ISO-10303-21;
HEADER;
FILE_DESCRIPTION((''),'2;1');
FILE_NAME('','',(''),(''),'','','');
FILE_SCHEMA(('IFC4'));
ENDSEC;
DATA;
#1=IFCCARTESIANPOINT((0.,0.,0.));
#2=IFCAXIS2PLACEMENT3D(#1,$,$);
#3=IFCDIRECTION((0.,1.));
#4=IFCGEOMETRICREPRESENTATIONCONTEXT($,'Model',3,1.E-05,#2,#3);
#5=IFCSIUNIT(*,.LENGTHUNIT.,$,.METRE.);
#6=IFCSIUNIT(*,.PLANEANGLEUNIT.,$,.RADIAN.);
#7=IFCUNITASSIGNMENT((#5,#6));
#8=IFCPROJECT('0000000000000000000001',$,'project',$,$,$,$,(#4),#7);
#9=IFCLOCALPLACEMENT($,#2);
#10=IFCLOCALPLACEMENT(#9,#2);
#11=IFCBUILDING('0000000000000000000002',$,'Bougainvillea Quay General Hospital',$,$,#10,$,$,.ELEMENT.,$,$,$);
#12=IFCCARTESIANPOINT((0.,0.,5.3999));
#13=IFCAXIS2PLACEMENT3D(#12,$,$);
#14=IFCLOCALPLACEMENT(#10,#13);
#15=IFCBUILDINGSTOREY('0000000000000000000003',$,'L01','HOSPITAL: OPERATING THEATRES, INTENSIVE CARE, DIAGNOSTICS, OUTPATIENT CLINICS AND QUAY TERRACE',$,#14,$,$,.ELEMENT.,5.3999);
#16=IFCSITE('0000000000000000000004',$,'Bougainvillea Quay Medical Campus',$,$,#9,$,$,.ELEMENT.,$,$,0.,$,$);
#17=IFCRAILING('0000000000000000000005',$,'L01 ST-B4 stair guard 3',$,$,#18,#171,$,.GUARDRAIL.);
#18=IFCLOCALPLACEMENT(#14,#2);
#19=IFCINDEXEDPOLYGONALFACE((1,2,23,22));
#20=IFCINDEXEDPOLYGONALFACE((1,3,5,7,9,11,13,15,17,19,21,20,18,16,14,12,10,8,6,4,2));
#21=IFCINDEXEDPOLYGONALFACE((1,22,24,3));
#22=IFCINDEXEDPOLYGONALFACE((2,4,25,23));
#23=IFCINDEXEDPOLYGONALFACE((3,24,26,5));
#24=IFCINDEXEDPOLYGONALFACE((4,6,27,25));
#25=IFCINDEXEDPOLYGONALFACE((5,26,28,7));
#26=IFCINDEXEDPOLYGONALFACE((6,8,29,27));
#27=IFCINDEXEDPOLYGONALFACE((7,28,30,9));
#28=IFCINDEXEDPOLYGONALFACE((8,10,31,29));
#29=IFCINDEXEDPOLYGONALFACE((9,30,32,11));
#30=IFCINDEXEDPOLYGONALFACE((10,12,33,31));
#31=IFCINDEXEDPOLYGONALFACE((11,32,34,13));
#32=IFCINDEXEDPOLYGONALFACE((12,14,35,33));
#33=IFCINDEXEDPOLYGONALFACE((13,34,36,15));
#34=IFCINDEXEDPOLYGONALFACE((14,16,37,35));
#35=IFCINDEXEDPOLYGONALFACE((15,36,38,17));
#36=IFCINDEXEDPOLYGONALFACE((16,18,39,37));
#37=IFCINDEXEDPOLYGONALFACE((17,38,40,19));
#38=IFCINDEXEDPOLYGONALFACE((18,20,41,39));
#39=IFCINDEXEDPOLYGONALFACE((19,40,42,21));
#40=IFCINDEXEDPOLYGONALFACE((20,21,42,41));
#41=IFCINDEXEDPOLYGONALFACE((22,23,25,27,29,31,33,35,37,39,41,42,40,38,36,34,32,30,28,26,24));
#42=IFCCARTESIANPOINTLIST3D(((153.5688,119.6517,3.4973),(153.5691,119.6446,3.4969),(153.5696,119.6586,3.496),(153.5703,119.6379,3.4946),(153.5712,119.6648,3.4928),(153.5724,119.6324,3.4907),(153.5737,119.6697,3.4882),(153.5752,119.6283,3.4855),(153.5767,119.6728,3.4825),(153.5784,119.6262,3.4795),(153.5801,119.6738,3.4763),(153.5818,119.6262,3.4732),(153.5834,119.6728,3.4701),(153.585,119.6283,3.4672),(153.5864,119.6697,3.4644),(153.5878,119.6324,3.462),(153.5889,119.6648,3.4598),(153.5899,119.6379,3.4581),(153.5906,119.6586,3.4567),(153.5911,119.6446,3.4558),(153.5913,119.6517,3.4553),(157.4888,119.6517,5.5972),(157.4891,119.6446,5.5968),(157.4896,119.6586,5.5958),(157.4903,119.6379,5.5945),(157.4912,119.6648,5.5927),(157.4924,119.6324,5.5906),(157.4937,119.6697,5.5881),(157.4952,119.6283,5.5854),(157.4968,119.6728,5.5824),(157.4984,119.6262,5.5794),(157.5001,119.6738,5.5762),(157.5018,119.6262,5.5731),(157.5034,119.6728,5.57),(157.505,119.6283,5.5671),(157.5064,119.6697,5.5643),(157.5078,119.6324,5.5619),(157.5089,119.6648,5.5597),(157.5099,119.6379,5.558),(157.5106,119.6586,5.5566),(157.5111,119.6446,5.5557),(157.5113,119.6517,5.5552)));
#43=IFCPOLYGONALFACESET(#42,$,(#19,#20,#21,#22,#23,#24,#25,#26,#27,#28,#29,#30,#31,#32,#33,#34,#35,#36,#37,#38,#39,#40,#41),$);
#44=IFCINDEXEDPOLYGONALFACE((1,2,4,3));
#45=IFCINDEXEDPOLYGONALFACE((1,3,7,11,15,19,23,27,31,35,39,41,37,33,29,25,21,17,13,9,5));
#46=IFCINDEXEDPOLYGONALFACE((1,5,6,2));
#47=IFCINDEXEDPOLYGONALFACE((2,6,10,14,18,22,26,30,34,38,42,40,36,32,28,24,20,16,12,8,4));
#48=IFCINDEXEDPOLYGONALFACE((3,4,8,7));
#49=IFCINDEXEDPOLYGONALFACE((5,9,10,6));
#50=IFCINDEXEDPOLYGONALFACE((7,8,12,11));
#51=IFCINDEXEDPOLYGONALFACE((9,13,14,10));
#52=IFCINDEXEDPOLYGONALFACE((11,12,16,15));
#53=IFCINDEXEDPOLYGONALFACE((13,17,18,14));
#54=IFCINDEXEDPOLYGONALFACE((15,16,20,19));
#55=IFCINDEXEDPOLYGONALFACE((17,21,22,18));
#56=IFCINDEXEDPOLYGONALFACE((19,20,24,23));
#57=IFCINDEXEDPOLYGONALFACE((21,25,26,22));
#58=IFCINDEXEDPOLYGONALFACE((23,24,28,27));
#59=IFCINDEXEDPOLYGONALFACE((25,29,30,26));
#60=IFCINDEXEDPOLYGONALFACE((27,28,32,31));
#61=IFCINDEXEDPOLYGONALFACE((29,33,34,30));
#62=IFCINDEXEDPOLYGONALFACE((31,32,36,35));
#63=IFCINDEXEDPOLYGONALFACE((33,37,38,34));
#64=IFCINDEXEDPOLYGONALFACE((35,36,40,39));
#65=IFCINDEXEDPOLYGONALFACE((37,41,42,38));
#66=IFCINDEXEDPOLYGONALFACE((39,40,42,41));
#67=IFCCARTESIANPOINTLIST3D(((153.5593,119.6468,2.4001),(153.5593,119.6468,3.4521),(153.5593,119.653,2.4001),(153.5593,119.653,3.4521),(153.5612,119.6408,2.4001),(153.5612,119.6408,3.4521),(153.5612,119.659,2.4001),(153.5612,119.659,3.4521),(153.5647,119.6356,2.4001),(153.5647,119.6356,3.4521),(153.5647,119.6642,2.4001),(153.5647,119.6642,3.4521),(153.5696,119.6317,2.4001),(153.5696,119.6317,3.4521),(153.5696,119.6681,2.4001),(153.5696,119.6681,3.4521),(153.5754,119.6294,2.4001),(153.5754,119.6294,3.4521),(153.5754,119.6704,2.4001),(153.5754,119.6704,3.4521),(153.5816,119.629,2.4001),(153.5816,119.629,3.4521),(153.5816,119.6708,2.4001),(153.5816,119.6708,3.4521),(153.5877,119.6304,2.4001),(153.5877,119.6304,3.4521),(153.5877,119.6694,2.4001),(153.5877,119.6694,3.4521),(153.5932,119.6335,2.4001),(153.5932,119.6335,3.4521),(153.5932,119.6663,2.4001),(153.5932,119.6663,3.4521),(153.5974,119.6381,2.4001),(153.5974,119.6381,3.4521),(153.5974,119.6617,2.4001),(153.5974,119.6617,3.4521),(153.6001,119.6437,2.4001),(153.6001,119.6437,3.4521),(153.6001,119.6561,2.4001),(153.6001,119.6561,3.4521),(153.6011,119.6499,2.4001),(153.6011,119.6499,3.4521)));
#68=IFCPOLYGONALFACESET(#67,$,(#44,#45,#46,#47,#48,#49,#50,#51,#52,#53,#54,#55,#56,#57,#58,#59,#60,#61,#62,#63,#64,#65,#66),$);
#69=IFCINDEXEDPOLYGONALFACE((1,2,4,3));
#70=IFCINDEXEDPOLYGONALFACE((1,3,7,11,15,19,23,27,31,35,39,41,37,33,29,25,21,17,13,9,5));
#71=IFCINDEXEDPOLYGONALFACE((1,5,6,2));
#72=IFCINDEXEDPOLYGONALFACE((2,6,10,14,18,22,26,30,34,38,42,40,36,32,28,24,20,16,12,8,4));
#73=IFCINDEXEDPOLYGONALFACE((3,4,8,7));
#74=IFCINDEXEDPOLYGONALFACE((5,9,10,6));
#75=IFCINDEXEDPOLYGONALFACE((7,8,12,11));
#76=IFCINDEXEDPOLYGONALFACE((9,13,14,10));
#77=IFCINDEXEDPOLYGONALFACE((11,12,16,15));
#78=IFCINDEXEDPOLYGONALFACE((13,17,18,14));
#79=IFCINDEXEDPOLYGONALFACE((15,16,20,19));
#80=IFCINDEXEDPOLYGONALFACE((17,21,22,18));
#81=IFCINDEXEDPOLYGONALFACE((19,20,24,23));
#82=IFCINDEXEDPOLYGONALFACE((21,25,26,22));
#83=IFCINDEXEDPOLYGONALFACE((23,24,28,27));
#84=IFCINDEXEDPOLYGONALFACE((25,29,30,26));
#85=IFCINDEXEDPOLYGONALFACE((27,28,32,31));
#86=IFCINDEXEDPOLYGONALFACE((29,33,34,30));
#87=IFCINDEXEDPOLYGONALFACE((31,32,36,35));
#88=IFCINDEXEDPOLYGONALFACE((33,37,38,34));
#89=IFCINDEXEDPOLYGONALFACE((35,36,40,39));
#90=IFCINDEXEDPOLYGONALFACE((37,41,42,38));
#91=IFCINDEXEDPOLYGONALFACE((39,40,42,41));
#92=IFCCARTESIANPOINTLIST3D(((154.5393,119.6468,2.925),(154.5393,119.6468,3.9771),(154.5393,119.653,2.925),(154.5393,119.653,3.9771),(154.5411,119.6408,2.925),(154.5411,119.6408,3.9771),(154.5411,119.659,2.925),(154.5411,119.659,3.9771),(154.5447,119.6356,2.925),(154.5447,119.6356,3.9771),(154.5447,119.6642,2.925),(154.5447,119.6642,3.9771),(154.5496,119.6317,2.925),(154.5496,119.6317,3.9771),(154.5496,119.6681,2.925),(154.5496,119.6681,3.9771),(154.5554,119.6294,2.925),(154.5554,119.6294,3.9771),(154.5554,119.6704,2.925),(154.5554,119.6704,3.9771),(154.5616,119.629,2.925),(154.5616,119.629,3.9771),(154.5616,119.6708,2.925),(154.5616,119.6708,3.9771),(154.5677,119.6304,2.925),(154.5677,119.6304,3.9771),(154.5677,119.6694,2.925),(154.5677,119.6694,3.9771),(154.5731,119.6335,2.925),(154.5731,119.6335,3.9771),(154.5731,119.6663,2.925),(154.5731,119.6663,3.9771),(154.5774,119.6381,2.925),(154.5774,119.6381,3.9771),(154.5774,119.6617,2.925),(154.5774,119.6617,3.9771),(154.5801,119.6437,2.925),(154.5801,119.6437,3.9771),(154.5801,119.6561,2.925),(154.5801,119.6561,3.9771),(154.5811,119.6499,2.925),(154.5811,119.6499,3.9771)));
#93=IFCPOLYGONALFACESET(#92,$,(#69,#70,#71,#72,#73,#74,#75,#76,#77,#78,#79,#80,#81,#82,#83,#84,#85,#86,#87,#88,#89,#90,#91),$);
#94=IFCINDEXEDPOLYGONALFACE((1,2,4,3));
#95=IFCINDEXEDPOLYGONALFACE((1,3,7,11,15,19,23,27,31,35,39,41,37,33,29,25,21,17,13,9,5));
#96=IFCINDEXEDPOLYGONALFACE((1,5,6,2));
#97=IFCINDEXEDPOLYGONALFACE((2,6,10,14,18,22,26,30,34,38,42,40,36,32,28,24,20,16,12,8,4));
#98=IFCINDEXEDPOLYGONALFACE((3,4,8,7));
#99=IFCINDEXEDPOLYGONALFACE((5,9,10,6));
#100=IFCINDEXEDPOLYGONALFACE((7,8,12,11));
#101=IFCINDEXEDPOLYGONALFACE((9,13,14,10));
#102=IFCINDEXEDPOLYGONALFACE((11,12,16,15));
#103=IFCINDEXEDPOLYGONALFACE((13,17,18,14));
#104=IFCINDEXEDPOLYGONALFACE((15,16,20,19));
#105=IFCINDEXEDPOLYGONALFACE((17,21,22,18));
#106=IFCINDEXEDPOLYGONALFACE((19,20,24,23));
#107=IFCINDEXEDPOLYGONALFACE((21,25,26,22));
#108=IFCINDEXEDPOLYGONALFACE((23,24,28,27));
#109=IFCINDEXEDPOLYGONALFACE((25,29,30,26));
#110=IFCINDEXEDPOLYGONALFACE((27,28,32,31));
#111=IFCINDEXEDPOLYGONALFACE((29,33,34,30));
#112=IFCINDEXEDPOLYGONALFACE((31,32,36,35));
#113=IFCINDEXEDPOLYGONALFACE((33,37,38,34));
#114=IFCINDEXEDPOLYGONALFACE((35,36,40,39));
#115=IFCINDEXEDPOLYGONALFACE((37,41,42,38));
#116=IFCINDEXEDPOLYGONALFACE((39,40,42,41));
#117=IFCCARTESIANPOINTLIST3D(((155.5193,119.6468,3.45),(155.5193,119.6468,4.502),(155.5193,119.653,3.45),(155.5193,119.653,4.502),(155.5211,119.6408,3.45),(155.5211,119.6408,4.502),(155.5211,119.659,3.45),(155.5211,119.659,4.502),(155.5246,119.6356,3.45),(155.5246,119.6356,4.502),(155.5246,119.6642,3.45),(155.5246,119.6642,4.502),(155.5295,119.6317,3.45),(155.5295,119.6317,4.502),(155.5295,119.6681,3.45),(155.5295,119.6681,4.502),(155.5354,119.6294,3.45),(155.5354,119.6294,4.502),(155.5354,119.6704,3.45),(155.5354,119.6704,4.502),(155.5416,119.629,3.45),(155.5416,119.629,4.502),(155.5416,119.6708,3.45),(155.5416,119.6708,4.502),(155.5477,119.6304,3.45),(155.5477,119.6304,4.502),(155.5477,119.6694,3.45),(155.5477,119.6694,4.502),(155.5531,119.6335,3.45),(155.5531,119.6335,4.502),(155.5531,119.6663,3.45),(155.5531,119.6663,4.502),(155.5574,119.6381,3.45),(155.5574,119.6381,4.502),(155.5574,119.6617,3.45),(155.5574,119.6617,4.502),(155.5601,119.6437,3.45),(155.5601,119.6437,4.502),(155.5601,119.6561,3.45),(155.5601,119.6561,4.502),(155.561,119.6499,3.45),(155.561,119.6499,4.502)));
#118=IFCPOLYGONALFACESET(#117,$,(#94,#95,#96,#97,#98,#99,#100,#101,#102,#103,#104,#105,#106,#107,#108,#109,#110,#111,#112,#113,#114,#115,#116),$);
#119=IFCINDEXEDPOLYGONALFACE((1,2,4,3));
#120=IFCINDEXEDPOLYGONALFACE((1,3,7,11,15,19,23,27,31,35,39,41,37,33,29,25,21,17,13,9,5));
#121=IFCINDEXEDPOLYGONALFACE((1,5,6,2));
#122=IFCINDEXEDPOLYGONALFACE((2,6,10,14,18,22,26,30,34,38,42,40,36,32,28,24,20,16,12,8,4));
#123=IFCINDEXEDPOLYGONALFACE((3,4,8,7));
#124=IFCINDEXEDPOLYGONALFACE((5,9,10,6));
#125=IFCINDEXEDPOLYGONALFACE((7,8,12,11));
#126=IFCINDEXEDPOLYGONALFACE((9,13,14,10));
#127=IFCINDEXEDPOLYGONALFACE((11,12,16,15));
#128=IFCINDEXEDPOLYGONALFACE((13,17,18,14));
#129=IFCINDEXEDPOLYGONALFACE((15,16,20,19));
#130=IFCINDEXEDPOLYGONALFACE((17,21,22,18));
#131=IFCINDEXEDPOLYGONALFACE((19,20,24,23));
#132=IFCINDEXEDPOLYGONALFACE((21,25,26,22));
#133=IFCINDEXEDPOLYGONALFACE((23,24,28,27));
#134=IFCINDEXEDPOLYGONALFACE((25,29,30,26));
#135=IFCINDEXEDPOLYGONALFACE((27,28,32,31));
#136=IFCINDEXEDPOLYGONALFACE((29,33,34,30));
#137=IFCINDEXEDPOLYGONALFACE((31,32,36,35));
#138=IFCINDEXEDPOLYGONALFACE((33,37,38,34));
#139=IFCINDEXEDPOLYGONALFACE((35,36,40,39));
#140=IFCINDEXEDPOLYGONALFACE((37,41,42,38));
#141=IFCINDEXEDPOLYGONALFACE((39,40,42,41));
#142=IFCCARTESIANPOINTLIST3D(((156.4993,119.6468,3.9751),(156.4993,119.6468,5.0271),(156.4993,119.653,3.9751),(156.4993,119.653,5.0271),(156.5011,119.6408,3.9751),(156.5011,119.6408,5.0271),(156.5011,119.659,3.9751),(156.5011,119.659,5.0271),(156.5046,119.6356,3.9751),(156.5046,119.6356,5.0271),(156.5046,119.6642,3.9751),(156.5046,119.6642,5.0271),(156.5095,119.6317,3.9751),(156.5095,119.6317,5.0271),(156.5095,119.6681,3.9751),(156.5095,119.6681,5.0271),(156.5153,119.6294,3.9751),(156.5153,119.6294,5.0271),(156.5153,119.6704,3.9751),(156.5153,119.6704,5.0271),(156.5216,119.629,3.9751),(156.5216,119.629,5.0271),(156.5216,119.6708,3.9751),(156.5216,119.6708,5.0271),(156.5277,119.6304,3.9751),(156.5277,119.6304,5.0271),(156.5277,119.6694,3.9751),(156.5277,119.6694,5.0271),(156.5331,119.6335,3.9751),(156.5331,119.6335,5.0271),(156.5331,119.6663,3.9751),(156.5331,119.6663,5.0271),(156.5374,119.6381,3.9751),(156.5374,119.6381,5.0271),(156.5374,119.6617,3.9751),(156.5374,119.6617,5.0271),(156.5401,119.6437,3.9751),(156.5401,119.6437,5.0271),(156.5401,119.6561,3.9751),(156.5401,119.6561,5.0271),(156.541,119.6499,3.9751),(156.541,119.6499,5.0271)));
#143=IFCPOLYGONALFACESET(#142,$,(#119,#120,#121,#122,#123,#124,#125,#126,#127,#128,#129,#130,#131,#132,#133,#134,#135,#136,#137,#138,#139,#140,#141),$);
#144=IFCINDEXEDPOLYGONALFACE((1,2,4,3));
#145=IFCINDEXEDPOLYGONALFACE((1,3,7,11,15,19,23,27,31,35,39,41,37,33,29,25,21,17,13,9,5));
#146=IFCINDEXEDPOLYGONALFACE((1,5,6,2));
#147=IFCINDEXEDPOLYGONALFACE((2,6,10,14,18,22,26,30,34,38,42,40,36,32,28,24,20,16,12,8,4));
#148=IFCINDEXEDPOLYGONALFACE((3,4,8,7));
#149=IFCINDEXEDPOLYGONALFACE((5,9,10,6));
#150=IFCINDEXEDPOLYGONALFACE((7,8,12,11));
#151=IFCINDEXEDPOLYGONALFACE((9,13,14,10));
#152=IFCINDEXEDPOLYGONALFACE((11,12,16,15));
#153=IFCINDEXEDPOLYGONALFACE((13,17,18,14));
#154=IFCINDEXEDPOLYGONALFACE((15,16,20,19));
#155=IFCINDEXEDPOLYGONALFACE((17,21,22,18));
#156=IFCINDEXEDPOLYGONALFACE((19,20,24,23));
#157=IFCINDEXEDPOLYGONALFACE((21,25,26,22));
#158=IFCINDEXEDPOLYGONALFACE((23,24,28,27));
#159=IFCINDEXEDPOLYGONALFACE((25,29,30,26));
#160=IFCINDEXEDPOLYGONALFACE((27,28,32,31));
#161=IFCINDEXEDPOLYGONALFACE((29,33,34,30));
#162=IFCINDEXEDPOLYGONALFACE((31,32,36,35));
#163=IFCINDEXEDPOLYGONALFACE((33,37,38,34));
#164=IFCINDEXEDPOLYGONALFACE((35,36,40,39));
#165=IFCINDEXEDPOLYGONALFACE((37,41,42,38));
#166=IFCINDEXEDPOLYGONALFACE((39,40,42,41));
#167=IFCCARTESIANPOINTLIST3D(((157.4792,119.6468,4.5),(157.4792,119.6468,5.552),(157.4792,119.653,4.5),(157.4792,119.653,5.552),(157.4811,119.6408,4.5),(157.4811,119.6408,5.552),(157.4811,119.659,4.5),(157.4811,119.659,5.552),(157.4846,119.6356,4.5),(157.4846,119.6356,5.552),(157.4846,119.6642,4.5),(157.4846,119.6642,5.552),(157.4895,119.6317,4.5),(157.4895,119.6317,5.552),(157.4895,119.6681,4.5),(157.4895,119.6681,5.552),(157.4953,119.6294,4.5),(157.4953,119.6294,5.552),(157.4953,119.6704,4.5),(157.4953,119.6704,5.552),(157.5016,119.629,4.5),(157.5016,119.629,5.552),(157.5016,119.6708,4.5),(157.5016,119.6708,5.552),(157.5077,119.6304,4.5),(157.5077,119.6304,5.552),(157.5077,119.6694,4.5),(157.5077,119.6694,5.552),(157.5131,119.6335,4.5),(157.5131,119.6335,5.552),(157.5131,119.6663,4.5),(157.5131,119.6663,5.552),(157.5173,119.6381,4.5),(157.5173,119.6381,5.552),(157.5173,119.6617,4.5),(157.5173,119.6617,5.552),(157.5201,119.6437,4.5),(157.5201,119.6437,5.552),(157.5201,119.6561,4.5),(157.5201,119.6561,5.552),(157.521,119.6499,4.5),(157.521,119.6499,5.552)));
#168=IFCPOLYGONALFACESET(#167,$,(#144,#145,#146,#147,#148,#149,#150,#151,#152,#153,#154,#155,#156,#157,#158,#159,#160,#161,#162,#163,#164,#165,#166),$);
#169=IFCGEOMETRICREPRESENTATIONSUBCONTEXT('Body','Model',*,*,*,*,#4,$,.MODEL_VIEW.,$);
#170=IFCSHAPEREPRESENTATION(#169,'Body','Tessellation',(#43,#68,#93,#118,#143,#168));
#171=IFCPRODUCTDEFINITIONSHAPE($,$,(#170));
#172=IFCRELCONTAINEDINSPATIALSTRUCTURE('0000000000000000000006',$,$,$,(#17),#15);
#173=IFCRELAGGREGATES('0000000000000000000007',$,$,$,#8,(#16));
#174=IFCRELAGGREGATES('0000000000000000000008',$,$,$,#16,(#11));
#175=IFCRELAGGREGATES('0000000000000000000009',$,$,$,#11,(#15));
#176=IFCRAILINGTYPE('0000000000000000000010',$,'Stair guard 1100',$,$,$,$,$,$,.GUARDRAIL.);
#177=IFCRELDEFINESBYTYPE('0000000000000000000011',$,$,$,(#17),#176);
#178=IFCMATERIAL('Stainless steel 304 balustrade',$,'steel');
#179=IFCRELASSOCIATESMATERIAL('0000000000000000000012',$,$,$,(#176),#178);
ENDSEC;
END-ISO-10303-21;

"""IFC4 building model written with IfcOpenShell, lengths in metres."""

from ifc_helpers import new_model, si_unit, direction, frame, origin, origin_2d, place, context, subcontext, project, spatial, circle, extrude, material, type_object, element, save


model = new_model("IFC4")

# Units and contexts
model_context = context("Model", 3, precision=1e-05, world=origin(), true_north=direction((0.0, 1.0)))
body_context = subcontext(model_context, "Body", "Model", "MODEL_VIEW")
ifc_project = project(units=[si_unit("LENGTHUNIT", "METRE"), si_unit("PLANEANGLEUNIT", "RADIAN")], contexts=[model_context])

# Site, building, storey
site_placement = place(None, origin())
site = spatial("IfcSite", under=ifc_project, at=site_placement, Name="Bougainvillea Quay Medical Campus", CompositionType="ELEMENT", RefElevation=0.0)
building_placement = place(site_placement, origin())
building = spatial("IfcBuilding", under=site, at=building_placement, Name="Bougainvillea Quay General Hospital", CompositionType="ELEMENT")
storey_placement = place(building_placement, frame((0.0, 0.0, 5.3999)))
storey = spatial("IfcBuildingStorey", under=building, at=storey_placement, Name="L01", Description="HOSPITAL: OPERATING THEATRES, INTENSIVE CARE, DIAGNOSTICS, OUTPATIENT CLINICS AND QUAY TERRACE", CompositionType="ELEMENT", Elevation=5.3999)

# Railing
ifc_material_1 = material(Name="Stainless steel 304 balustrade", Category="steel")
railing_type_1 = type_object("IfcRailingType", Name="Stair guard 1100", PredefinedType="GUARDRAIL", material=ifc_material_1)
railing_1_placement = place(storey_placement, frame((153.5801, 119.6499, 2.4001)))
element("IfcRailing", 1, at=railing_1_placement, inside=storey, type_object=railing_type_1, Name="L01 ST-B4 stair guard 3", PredefinedType="GUARDRAIL", context=body_context, shape_type="SweptSolid", body=[
    extrude(circle(Radius=0.0239, at=origin_2d()), frame((0.0, 0.0, 1.0762), z_axis=(0.88149, 0.0, 0.472203), x_axis=(0.0, 1.0, 0.0)), (0.0, 0.0, 1.0), 4.447),
    extrude(circle(Radius=0.021, at=origin_2d()), origin(), (0.0, 0.0, 1.0), 1.052),
    extrude(circle(Radius=0.021, at=origin_2d()), frame((0.98, 0.0, 0.5249)), (0.0, 0.0, 1.0), 1.052),
    extrude(circle(Radius=0.021, at=origin_2d()), frame((1.96, 0.0, 1.0498)), (0.0, 0.0, 1.0), 1.052),
    extrude(circle(Radius=0.021, at=origin_2d()), frame((2.9399, 0.0, 1.575)), (0.0, 0.0, 1.0), 1.052),
    extrude(circle(Radius=0.021, at=origin_2d()), frame((3.9199, 0.0, 2.0999)), (0.0, 0.0, 1.0), 1.052),
])

save(model, "model.ifc")
